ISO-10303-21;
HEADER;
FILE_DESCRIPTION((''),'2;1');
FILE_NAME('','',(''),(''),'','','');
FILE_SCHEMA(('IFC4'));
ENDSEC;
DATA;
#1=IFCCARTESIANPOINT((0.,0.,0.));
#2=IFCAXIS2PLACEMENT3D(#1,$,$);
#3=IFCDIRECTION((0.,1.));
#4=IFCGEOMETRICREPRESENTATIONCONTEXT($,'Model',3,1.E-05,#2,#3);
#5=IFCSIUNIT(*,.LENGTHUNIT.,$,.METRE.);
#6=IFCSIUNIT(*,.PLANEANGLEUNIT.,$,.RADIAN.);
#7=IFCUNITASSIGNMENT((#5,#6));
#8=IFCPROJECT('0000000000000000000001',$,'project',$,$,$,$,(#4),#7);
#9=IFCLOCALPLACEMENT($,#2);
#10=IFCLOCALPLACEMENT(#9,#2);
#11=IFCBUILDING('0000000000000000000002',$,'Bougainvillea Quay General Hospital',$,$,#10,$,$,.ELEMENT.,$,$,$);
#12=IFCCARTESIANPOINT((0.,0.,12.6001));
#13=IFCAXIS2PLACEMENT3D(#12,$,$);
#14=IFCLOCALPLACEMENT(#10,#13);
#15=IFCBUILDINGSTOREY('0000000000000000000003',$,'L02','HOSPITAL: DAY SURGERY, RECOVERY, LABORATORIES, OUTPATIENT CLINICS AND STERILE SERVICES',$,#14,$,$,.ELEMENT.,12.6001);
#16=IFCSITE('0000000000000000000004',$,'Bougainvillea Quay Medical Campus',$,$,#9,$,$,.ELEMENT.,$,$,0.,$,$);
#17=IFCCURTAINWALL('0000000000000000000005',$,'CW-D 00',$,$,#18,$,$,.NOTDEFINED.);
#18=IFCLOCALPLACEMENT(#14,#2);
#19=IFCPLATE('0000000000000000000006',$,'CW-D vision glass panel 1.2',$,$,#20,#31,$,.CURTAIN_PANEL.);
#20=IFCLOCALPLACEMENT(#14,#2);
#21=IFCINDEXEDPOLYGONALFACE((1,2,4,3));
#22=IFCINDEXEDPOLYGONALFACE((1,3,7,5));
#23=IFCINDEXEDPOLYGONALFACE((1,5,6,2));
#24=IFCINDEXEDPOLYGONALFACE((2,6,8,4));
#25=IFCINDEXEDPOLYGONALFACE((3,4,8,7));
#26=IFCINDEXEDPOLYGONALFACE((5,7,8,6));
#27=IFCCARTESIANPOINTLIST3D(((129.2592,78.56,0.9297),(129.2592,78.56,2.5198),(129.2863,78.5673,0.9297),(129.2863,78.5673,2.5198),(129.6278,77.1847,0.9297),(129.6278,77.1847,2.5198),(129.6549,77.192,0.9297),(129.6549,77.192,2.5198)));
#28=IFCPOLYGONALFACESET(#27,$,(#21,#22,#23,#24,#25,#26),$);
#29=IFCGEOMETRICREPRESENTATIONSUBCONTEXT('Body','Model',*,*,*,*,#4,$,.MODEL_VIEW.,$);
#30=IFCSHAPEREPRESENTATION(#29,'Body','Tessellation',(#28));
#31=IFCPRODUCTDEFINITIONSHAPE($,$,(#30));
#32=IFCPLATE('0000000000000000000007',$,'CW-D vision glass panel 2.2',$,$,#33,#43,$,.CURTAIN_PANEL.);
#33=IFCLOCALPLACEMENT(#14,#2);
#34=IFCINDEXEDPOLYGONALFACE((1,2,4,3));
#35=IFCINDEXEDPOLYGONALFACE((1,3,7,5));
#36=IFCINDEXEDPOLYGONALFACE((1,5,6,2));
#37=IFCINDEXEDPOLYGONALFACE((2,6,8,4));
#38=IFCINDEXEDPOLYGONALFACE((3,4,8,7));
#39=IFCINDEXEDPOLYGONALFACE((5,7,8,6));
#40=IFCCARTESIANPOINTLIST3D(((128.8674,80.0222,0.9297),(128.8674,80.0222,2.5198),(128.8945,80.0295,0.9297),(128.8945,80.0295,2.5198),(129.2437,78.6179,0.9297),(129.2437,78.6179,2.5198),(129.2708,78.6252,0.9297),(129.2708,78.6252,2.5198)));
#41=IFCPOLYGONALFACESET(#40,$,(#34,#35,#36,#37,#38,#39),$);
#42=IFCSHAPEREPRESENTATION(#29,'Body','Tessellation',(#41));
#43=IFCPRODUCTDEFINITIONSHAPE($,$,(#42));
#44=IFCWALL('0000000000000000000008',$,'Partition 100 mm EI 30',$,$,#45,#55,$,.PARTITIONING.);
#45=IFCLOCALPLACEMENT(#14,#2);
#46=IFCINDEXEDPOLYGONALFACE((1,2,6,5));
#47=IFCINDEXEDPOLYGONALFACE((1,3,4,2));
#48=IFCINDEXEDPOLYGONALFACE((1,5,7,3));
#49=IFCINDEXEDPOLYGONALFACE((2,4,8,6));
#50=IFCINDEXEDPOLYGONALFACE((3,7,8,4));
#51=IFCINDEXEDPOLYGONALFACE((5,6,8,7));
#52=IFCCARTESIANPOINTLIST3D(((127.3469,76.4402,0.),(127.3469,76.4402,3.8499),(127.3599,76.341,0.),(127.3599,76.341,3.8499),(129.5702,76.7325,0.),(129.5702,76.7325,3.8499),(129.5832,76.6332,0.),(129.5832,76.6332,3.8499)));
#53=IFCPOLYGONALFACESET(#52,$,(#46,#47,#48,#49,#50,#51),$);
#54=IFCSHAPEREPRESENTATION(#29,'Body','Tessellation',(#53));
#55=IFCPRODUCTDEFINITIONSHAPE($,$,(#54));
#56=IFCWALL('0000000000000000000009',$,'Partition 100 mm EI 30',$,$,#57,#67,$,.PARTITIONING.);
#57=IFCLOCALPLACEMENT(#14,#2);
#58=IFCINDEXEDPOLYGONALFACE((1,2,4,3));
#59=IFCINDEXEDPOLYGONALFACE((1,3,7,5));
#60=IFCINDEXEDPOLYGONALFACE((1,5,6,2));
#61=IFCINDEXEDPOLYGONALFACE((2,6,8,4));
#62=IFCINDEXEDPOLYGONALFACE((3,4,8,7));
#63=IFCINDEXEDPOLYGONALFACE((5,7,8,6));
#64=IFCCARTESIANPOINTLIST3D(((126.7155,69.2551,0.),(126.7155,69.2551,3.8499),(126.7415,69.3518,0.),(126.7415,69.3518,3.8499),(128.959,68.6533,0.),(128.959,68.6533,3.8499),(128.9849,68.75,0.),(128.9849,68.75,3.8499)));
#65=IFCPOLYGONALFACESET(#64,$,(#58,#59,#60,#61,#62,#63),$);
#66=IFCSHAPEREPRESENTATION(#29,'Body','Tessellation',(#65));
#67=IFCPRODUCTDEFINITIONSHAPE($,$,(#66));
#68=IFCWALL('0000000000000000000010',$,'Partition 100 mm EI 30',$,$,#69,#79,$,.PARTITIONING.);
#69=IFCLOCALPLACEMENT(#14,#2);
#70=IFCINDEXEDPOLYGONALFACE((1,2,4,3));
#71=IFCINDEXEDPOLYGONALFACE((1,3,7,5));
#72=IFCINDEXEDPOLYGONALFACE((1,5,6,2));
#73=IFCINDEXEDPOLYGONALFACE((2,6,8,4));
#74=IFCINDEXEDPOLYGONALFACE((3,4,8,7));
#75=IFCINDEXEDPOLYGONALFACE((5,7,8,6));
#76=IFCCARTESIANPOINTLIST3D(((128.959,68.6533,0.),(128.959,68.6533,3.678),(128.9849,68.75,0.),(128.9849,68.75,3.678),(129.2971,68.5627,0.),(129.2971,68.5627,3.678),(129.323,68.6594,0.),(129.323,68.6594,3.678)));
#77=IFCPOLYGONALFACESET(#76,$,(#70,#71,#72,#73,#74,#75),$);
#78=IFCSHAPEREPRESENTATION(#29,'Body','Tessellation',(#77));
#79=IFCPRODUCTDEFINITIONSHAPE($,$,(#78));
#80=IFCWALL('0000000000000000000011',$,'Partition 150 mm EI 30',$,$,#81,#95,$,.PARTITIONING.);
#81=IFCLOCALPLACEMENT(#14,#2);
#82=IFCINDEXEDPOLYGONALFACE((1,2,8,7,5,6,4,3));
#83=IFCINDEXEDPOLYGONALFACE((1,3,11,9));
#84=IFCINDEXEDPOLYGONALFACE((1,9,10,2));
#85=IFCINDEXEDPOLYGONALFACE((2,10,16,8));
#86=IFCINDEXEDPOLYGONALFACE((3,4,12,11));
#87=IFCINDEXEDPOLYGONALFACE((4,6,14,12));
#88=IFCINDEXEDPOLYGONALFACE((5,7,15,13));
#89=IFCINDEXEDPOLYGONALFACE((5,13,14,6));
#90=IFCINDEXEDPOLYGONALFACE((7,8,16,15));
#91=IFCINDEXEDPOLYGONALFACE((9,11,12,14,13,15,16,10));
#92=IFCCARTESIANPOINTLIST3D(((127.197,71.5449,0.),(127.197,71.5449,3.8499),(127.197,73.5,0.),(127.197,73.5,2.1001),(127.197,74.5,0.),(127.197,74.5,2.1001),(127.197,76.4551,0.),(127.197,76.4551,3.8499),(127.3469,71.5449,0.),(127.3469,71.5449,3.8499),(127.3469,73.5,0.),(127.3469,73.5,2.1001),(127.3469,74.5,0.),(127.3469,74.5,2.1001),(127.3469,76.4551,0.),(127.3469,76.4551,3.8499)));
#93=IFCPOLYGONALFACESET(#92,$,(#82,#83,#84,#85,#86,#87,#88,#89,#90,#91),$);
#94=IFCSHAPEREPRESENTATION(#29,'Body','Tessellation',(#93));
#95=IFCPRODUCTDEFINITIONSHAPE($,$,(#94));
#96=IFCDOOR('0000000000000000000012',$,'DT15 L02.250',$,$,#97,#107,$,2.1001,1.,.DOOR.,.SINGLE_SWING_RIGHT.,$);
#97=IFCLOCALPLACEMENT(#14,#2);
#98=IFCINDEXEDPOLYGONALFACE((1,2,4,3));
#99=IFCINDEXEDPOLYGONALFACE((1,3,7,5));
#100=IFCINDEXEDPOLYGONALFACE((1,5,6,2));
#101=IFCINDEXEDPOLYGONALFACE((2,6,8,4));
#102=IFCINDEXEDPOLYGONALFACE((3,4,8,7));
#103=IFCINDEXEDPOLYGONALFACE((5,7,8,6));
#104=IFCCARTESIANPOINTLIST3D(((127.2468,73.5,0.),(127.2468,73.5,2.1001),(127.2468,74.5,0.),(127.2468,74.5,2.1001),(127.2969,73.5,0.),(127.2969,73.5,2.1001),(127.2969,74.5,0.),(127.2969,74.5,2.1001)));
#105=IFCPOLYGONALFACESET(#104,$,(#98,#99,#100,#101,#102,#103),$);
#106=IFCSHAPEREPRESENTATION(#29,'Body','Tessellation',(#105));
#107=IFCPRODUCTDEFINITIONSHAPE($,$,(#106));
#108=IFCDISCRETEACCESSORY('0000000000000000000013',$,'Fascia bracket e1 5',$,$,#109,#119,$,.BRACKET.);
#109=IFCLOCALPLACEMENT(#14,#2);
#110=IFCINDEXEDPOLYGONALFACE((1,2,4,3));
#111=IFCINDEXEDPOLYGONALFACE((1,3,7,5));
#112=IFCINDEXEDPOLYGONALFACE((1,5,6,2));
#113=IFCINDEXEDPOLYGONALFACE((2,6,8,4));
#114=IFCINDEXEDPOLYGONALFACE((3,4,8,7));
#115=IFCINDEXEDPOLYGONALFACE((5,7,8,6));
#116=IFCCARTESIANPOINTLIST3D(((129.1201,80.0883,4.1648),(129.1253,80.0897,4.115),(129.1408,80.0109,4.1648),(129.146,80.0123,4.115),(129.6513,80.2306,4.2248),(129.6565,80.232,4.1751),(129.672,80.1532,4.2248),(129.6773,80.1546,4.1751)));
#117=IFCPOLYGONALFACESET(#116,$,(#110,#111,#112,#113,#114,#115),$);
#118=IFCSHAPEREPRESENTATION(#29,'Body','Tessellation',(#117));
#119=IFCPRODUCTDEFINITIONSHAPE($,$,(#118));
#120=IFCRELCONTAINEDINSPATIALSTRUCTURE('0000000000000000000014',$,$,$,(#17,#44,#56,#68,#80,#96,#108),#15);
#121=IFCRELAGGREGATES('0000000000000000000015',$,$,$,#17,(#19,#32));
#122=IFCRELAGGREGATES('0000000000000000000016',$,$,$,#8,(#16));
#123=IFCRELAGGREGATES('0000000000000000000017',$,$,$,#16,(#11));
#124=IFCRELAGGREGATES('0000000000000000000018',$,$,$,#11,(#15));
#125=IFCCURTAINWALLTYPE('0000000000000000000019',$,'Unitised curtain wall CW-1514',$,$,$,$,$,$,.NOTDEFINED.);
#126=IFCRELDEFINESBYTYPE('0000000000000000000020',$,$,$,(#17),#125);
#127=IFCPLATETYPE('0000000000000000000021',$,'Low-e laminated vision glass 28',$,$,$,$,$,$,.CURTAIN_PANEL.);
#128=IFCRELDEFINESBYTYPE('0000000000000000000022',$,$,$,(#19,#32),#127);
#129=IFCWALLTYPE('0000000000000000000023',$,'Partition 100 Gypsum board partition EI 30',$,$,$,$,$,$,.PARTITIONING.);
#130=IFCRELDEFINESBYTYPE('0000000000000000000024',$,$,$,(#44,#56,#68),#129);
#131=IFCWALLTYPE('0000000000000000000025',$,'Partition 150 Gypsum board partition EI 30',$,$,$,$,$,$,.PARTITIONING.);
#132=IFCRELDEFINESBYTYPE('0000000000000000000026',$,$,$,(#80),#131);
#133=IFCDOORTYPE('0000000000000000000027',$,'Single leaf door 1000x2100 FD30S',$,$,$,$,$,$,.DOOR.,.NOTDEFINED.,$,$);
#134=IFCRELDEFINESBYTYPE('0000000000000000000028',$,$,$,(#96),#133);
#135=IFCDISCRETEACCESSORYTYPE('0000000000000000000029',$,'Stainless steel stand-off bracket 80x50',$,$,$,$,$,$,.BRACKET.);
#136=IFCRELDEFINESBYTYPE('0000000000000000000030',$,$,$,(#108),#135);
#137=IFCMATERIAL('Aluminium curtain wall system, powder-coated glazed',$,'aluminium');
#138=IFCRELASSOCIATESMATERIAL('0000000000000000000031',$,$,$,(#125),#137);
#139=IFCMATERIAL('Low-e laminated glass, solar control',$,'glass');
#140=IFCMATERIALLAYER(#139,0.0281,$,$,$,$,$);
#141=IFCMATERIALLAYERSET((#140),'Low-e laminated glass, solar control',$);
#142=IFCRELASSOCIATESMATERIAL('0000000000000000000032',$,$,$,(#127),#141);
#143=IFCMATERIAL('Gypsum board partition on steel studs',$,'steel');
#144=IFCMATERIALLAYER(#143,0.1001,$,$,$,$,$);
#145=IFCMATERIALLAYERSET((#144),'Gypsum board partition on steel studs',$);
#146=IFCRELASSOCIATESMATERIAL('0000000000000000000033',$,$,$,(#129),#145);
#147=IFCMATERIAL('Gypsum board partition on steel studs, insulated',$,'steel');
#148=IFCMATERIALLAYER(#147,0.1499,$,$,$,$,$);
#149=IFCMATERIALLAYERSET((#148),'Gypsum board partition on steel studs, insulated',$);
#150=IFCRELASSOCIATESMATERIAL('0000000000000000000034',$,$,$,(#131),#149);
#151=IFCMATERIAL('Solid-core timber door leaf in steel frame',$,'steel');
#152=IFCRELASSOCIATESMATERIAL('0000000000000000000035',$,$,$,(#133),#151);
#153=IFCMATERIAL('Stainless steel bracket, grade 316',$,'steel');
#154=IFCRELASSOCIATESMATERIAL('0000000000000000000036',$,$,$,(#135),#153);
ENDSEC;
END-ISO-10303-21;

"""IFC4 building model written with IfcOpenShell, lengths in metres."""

from ifc_helpers import new_model, si_unit, direction, frame, frame_2d, origin, origin_2d, place, context, subcontext, project, spatial, rectangle, extrude, material, layer, layer_set, material_profile, profile_set, type_object, element, fill, aggregate, save


model = new_model("IFC4")

# Units and contexts
model_context = context("Model", 3, precision=1e-05, world=origin(), true_north=direction((0.0, 1.0)))
body_context = subcontext(model_context, "Body", "Model", "MODEL_VIEW")
ifc_project = project(units=[si_unit("LENGTHUNIT", "METRE"), si_unit("PLANEANGLEUNIT", "RADIAN")], contexts=[model_context])

# Site, building, storey
site_placement = place(None, origin())
site = spatial("IfcSite", under=ifc_project, at=site_placement, Name="Bougainvillea Quay Medical Campus", CompositionType="ELEMENT", RefElevation=0.0)
building_placement = place(site_placement, origin())
building = spatial("IfcBuilding", under=site, at=building_placement, Name="Bougainvillea Quay General Hospital", CompositionType="ELEMENT")
storey_placement = place(building_placement, frame((0.0, 0.0, 12.6001)))
storey = spatial("IfcBuildingStorey", under=building, at=storey_placement, Name="L02", Description="HOSPITAL: DAY SURGERY, RECOVERY, LABORATORIES, OUTPATIENT CLINICS AND STERILE SERVICES", CompositionType="ELEMENT", Elevation=12.6001)

# Shared definitions
ifc_material_1 = material(Name="Aluminium curtain wall system, powder-coated glazed", Category="aluminium")

# Curtain wall
curtain_wall_type_1 = type_object("IfcCurtainWallType", Name="Unitised curtain wall CW-1514", PredefinedType="NOTDEFINED", material=ifc_material_1)
curtain_wall_1_placement = place(storey_placement, origin())
curtain_wall_1 = element("IfcCurtainWall", 1, at=curtain_wall_1_placement, inside=storey, type_object=curtain_wall_type_1, Name="CW-D 00", PredefinedType="NOTDEFINED")

# Plates
ifc_material_2 = material(Name="Low-e laminated glass, solar control", Category="glass")
ifc_layer_1 = layer(ifc_material_2, 0.0281)
ifc_layer_set_1 = layer_set([ifc_layer_1], Name="Low-e laminated glass, solar control")
plate_type_1 = type_object("IfcPlateType", Name="Low-e laminated vision glass 28", PredefinedType="CURTAIN_PANEL", material=ifc_layer_set_1)
plate_1_placement = place(storey_placement, frame((129.457, 77.876, 0.9297), z_axis=(0.0, 0.0, 1.0), x_axis=(-0.258855, 0.965916, 0.0)))
plate_1 = element("IfcPlate", 2, at=plate_1_placement, type_object=plate_type_1, Name="CW-D vision glass panel 1.2", PredefinedType="CURTAIN_PANEL", context=body_context, shape_type="SweptSolid", body=[
    extrude(rectangle(XDim=1.4238, YDim=0.0281, at=origin_2d()), origin(), (0.0, 0.0, 1.0), 1.5901),
])
plate_2_placement = place(storey_placement, frame((129.0691, 79.3237, 0.9297), z_axis=(0.0, 0.0, 1.0), x_axis=(-0.258855, 0.965916, 0.0)))
plate_2 = element("IfcPlate", 3, at=plate_2_placement, type_object=plate_type_1, Name="CW-D vision glass panel 2.2", PredefinedType="CURTAIN_PANEL", context=body_context, shape_type="SweptSolid", body=[
    extrude(rectangle(XDim=1.4539, YDim=0.0281, at=origin_2d()), origin(), (0.0, 0.0, 1.0), 1.5901),
])
aggregate(curtain_wall_1, [plate_1, plate_2])

# Walls
ifc_material_3 = material(Name="Gypsum board partition on steel studs", Category="steel")
ifc_layer_2 = layer(ifc_material_3, 0.1001)
ifc_layer_set_2 = layer_set([ifc_layer_2], Name="Gypsum board partition on steel studs")
wall_type_1 = type_object("IfcWallType", Name="Partition 100 Gypsum board partition EI 30", PredefinedType="PARTITIONING", material=ifc_layer_set_2)
wall_1_placement = place(storey_placement, frame((127.3535, 76.3906, 0.0), z_axis=(0.0, 0.0, 1.0), x_axis=(0.991472, 0.130317, 0.0)))
element("IfcWall", 4, at=wall_1_placement, inside=storey, type_object=wall_type_1, Name="Partition 100 mm EI 30", PredefinedType="PARTITIONING", context=body_context, shape_type="SweptSolid", body=[
    extrude(rectangle(XDim=2.2424, YDim=0.1001, at=frame_2d((1.1211, 0.0))), origin(), (0.0, 0.0, 1.0), 3.8499),
])
wall_2_placement = place(storey_placement, frame((126.7285, 69.3035, 0.0), z_axis=(0.0, 0.0, 1.0), x_axis=(0.965852, -0.259095, 0.0)))
element("IfcWall", 5, at=wall_2_placement, inside=storey, type_object=wall_type_1, Name="Partition 100 mm EI 30", PredefinedType="PARTITIONING", context=body_context, shape_type="SweptSolid", body=[
    extrude(rectangle(XDim=2.3228, YDim=0.1001, at=frame_2d((1.1614, 0.0))), origin(), (0.0, 0.0, 1.0), 3.8499),
])
wall_3_placement = place(storey_placement, frame((128.9719, 68.7017, 0.0), z_axis=(0.0, 0.0, 1.0), x_axis=(0.965945, -0.258748, 0.0)))
element("IfcWall", 6, at=wall_3_placement, inside=storey, type_object=wall_type_1, Name="Partition 100 mm EI 30", PredefinedType="PARTITIONING", context=body_context, shape_type="SweptSolid", body=[
    extrude(rectangle(XDim=0.3501, YDim=0.1001, at=frame_2d((0.175, 0.0))), origin(), (0.0, 0.0, 1.0), 3.678),
])

# Wall, opening, door
ifc_material_4 = material(Name="Gypsum board partition on steel studs, insulated", Category="steel")
ifc_layer_3 = layer(ifc_material_4, 0.1499)
ifc_layer_set_3 = layer_set([ifc_layer_3], Name="Gypsum board partition on steel studs, insulated")
wall_type_2 = type_object("IfcWallType", Name="Partition 150 Gypsum board partition EI 30", PredefinedType="PARTITIONING", material=ifc_layer_set_3)
wall_4_placement = place(storey_placement, frame((127.272, 71.5449, 0.0), z_axis=(0.0, 0.0, 1.0), x_axis=(0.0, 1.0, 0.0)))
wall_4 = element("IfcWall", 7, at=wall_4_placement, inside=storey, type_object=wall_type_2, Name="Partition 150 mm EI 30", PredefinedType="PARTITIONING", context=body_context, shape_type="SweptSolid", body=[
    extrude(rectangle(XDim=4.9102, YDim=0.1499, at=frame_2d((2.4551, 0.0))), origin(), (0.0, 0.0, 1.0), 3.8499),
])
opening_placement = place(wall_4_placement, frame((1.9551, 0.0, 0.0)))
opening = element("IfcOpeningElement", 8, at=opening_placement, cuts=wall_4, PredefinedType="OPENING", context=body_context, shape_type="SweptSolid", body=[
    extrude(rectangle(XDim=1.0, YDim=2.1001, at=frame_2d((0.5, 1.05))), frame((0.0, 0.085, 0.0), z_axis=(0.0, -1.0, 0.0), x_axis=(1.0, 0.0, 0.0)), (0.0, 0.0, 1.0), 0.1699),
])
ifc_material_5 = material(Name="Solid-core timber door leaf in steel frame", Category="steel")
door_type = type_object("IfcDoorType", Name="Single leaf door 1000x2100 FD30S", OperationType="NOTDEFINED", PredefinedType="DOOR", material=ifc_material_5)
door_placement = place(opening_placement, frame((1.0, 0.0, 0.0), z_axis=(0.0, 0.0, 1.0), x_axis=(-1.0, 0.0, 0.0)))
door = element("IfcDoor", 9, at=door_placement, inside=storey, type_object=door_type, Name="DT15 L02.250", OperationType="SINGLE_SWING_RIGHT", OverallHeight=2.1001, OverallWidth=1.0, PredefinedType="DOOR", context=body_context, shape_type="SweptSolid", body=[
    extrude(rectangle(XDim=1.0, YDim=2.1001, at=frame_2d((0.5, 1.05))), frame((0.0, 0.0249, 0.0), z_axis=(0.0, -1.0, 0.0), x_axis=(1.0, 0.0, 0.0)), (0.0, 0.0, 1.0), 0.05),
])
fill(opening, door)

# Discrete accessory
ifc_material_6 = material(Name="Stainless steel bracket, grade 316", Category="steel")
ifc_material_profile_1 = material_profile(ifc_material_6, rectangle(XDim=0.0801, YDim=0.05, at=origin_2d()))
ifc_profile_set_1 = profile_set([ifc_material_profile_1], Name="Stainless steel bracket, grade 316")
discrete_accessory_type = type_object("IfcDiscreteAccessoryType", Name="Stainless steel stand-off bracket 80x50", PredefinedType="BRACKET", material=ifc_profile_set_1)
discrete_accessory_placement = place(storey_placement, frame((129.1331, 80.0503, 4.1399), z_axis=(0.960224, 0.257266, 0.108555), x_axis=(-0.258795, 0.965932, 0.0)))
element("IfcDiscreteAccessory", 10, at=discrete_accessory_placement, inside=storey, type_object=discrete_accessory_type, Name="Fascia bracket e1 5", PredefinedType="BRACKET", context=body_context, shape_type="SweptSolid", body=[
    extrude(rectangle(XDim=0.0801, YDim=0.05, at=origin_2d()), origin(), (0.0, 0.0, 1.0), 0.5532),
])

save(model, "model.ifc")
